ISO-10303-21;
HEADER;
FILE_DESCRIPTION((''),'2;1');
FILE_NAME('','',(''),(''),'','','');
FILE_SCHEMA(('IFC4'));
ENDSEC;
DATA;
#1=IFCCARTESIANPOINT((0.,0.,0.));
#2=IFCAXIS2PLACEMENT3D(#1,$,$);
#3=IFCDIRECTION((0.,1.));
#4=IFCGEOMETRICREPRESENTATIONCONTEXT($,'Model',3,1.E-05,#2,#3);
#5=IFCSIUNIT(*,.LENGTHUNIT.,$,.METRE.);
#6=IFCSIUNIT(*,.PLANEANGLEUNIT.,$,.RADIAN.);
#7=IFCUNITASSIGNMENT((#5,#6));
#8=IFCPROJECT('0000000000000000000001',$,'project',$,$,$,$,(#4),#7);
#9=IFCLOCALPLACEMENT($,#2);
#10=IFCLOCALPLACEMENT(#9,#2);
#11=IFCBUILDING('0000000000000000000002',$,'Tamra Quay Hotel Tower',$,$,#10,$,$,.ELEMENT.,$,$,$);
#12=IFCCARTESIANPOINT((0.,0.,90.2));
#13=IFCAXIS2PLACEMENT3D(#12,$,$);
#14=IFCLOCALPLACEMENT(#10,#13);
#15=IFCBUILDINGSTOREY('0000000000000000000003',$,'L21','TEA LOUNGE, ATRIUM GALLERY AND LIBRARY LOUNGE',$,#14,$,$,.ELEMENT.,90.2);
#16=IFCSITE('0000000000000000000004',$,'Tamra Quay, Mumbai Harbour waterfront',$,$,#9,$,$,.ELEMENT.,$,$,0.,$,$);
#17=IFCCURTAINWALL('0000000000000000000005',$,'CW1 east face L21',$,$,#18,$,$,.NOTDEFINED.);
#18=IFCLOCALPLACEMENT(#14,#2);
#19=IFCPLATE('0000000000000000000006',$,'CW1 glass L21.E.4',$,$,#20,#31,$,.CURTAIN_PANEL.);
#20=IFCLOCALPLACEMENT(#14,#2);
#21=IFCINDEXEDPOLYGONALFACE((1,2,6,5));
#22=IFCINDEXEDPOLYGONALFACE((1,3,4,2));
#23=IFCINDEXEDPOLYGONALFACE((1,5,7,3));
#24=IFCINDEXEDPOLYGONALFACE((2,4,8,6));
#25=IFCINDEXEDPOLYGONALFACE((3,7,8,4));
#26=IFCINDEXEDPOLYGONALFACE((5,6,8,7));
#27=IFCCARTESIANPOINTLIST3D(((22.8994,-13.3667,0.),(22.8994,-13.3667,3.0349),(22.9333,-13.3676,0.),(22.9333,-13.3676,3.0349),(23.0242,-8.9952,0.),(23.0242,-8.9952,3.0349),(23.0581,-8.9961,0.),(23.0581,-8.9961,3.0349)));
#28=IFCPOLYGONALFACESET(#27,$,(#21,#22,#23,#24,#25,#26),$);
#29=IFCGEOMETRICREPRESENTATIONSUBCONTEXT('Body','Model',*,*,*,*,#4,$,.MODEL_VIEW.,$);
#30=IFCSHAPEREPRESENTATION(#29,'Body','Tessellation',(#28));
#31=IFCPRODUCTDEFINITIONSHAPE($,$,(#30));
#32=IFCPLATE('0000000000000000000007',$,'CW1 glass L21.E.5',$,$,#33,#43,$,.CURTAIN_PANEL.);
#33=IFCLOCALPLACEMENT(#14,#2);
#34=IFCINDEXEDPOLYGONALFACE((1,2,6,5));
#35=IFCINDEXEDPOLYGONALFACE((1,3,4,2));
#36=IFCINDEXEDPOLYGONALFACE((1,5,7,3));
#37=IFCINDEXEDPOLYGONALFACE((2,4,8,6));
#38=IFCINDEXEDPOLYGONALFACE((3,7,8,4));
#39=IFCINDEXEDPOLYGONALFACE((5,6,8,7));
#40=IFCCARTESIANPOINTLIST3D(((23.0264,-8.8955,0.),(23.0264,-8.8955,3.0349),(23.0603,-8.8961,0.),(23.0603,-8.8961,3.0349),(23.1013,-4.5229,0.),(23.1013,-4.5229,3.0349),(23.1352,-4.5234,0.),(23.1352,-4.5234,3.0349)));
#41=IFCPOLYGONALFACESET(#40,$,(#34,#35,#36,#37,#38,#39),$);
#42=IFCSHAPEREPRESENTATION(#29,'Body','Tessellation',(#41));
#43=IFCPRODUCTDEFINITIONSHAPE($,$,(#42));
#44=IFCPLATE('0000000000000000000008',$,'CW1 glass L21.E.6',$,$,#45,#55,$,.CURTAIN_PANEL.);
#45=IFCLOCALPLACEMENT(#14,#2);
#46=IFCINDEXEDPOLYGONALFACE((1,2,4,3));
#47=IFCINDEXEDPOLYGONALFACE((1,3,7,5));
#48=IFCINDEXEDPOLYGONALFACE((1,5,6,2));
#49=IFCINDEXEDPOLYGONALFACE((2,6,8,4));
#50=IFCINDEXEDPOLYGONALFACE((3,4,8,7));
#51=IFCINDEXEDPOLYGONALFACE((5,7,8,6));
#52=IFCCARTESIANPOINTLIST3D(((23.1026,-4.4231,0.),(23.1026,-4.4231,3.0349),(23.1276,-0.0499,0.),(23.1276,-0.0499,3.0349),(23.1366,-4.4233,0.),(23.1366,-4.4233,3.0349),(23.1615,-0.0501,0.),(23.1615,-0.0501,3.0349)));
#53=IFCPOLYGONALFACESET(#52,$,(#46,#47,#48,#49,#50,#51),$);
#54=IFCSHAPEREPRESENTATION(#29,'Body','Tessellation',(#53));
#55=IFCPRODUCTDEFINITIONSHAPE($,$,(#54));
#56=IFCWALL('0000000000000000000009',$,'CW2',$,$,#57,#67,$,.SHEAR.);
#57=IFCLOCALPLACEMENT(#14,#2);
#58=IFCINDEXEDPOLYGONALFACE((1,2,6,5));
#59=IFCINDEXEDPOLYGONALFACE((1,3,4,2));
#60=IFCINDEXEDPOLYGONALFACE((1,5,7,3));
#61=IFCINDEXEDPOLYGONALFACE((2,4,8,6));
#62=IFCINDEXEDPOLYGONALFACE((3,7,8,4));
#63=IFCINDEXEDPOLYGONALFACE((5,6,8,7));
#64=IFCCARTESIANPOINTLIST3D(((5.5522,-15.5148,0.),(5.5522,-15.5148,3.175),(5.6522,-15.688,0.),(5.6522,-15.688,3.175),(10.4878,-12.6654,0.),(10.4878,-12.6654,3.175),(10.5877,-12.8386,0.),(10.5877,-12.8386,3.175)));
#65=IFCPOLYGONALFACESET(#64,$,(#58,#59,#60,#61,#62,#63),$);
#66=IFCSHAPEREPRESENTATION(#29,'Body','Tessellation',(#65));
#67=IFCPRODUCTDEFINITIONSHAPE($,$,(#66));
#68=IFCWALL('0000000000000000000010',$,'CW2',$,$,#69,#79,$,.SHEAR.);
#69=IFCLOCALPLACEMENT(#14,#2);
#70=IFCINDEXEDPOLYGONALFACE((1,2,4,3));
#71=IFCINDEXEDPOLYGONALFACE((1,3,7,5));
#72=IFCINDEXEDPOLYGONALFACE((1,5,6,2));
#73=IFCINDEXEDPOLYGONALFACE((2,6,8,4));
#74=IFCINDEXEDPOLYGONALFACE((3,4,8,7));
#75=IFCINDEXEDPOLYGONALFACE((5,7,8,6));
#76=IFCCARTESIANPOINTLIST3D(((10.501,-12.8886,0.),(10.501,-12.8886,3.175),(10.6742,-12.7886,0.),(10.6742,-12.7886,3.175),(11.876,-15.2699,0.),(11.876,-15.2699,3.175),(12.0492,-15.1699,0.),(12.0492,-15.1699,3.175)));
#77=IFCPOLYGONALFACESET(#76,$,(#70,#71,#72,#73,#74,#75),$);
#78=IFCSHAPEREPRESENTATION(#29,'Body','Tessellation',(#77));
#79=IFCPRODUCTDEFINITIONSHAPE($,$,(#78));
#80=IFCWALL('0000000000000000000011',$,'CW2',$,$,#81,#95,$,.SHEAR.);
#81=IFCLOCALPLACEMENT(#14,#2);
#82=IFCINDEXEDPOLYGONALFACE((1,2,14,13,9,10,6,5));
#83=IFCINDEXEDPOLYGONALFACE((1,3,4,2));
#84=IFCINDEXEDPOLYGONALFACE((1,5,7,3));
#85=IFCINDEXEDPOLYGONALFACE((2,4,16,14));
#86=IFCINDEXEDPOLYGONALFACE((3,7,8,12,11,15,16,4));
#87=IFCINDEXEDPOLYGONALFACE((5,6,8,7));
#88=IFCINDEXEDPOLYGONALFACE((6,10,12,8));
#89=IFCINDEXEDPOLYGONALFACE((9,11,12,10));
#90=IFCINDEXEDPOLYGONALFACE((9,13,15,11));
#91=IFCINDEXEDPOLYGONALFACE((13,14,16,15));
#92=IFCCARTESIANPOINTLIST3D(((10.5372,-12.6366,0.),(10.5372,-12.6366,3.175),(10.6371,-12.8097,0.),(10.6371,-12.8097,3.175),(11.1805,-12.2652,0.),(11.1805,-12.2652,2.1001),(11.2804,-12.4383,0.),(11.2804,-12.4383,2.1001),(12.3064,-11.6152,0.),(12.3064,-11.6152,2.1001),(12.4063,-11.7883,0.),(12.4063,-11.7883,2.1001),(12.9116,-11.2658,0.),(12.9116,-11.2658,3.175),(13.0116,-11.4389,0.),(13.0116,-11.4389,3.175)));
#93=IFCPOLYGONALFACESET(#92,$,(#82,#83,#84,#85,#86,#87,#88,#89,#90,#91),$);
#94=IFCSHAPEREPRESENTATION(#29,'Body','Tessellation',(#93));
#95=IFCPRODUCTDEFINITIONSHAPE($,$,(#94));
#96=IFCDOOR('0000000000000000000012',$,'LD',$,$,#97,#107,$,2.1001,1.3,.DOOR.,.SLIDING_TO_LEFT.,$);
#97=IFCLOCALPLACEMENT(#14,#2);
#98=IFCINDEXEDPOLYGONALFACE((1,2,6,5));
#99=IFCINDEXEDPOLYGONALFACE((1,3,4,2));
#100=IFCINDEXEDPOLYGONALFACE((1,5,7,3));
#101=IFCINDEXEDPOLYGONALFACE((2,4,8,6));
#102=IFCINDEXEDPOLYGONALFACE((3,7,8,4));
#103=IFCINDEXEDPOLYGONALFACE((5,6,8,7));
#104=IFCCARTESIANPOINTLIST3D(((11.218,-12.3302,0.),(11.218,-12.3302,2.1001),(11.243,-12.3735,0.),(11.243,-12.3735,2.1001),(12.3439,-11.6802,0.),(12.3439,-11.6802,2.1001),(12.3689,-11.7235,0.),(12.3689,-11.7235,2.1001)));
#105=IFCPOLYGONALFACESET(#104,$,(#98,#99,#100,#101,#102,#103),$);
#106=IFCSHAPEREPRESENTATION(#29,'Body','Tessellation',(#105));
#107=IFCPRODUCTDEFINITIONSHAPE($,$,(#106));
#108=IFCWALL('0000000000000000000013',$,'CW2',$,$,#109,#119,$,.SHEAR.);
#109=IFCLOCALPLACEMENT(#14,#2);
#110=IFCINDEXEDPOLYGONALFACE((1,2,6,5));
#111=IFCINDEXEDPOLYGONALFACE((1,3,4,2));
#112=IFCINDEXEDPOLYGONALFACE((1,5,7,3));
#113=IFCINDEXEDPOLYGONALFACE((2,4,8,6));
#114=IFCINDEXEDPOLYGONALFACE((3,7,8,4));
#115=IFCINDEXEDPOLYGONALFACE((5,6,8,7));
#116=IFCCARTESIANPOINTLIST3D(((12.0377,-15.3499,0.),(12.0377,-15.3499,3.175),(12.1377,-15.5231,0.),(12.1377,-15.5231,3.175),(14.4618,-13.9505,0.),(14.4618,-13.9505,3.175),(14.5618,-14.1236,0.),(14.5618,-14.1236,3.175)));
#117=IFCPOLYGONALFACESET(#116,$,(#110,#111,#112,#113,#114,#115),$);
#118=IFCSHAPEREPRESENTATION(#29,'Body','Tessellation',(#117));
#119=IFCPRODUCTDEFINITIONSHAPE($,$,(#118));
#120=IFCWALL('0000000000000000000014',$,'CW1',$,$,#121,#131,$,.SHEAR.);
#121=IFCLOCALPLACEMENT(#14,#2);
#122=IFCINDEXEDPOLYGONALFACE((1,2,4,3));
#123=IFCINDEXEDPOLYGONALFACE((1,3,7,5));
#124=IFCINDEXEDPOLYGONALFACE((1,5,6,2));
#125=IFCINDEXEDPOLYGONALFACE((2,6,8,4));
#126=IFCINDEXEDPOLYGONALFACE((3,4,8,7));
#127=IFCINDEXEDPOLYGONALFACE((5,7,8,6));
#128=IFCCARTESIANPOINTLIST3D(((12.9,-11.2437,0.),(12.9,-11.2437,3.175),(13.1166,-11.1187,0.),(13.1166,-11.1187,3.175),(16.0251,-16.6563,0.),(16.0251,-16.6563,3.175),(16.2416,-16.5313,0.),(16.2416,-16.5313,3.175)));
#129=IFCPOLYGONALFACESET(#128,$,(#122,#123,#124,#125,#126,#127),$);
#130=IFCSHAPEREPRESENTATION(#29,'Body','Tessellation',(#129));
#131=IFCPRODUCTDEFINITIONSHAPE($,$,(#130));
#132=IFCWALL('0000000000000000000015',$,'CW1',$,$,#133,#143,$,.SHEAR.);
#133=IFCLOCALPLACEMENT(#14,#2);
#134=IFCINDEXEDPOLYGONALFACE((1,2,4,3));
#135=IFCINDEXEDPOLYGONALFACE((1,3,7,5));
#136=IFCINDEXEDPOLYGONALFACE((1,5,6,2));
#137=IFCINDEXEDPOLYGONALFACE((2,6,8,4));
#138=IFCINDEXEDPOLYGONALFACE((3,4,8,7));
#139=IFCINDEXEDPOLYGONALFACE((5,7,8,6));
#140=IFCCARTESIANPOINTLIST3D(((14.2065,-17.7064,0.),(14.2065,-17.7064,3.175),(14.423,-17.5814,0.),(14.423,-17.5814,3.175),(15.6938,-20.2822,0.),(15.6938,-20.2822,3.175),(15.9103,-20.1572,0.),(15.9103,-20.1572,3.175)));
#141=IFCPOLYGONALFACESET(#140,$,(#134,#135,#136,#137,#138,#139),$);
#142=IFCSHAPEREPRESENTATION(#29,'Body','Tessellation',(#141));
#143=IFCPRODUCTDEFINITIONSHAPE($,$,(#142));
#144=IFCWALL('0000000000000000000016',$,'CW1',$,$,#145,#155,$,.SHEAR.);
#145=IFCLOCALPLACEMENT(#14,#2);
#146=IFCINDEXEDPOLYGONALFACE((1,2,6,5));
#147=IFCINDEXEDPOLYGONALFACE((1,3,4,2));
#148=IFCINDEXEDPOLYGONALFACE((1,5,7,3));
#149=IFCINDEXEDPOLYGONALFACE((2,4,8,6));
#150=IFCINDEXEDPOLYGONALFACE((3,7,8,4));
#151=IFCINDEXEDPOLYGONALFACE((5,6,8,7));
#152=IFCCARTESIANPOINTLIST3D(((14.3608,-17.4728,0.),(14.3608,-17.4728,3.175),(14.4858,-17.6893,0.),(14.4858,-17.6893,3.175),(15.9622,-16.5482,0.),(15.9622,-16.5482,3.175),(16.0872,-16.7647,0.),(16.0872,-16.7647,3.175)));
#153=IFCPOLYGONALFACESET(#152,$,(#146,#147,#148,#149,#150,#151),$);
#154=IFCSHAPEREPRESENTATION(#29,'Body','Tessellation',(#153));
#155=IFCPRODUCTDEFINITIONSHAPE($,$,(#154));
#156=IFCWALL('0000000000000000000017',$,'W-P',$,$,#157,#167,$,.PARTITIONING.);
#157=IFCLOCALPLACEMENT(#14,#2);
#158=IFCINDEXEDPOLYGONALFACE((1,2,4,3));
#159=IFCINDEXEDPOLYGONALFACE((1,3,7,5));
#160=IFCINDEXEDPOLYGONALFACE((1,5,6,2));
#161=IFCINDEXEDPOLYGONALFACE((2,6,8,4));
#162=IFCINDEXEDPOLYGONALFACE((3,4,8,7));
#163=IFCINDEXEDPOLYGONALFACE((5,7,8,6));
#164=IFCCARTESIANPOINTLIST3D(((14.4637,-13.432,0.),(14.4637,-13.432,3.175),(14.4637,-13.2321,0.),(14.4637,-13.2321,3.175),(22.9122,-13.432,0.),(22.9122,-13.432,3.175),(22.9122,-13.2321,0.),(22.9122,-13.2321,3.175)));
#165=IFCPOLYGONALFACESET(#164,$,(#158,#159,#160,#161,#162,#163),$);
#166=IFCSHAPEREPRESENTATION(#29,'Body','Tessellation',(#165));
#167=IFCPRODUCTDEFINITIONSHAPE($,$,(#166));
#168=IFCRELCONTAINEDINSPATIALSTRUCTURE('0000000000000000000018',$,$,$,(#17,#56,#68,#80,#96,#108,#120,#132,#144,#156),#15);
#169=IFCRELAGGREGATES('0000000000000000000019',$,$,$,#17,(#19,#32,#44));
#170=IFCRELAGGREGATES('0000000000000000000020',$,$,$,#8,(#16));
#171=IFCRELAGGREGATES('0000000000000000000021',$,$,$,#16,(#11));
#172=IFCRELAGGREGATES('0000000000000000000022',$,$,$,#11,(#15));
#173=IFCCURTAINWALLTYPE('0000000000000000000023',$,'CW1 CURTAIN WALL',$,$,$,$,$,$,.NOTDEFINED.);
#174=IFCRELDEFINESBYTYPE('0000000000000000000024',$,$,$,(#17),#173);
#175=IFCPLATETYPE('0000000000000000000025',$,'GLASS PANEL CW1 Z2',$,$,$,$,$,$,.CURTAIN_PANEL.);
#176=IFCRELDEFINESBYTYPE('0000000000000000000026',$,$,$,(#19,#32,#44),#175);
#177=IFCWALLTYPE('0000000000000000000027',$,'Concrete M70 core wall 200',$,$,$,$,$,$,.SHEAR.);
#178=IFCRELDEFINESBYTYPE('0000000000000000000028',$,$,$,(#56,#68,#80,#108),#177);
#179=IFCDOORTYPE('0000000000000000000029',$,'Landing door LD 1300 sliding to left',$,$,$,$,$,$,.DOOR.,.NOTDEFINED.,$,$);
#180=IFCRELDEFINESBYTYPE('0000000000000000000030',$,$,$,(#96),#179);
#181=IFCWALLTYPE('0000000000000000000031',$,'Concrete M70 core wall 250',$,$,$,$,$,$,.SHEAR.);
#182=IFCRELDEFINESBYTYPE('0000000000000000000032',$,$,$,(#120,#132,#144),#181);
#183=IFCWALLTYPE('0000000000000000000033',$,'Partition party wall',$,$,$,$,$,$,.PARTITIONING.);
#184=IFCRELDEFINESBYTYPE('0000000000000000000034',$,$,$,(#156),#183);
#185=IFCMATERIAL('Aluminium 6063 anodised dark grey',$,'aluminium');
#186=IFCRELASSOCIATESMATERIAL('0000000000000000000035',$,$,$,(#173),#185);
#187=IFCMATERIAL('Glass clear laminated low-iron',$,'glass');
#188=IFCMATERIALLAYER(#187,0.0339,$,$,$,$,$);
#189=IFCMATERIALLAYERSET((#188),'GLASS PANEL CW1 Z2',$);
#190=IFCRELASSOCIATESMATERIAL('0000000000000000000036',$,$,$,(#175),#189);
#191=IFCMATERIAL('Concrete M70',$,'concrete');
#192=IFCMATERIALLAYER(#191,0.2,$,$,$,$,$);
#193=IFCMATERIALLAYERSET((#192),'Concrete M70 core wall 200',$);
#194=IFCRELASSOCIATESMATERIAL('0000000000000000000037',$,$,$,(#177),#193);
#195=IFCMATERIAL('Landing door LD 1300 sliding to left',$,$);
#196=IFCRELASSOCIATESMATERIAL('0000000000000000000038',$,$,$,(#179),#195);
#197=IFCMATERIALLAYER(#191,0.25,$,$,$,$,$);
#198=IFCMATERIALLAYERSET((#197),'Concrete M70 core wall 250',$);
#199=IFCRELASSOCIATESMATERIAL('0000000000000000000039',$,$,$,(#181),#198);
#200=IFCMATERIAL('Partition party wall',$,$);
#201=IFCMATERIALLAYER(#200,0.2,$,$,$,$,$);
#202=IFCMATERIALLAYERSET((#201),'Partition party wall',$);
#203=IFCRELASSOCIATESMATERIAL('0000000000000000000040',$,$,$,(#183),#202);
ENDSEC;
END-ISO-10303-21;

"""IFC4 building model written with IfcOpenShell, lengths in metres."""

from ifc_helpers import new_model, si_unit, direction, frame, frame_2d, origin, origin_2d, place, context, subcontext, project, spatial, rectangle, extrude, material, layer, layer_set, type_object, element, fill, aggregate, save


model = new_model("IFC4")

# Units and contexts
model_context = context("Model", 3, precision=1e-05, world=origin(), true_north=direction((0.0, 1.0)))
body_context = subcontext(model_context, "Body", "Model", "MODEL_VIEW")
ifc_project = project(units=[si_unit("LENGTHUNIT", "METRE"), si_unit("PLANEANGLEUNIT", "RADIAN")], contexts=[model_context])

# Site, building, storey
site_placement = place(None, origin())
site = spatial("IfcSite", under=ifc_project, at=site_placement, Name="Tamra Quay, Mumbai Harbour waterfront", CompositionType="ELEMENT", RefElevation=0.0)
building_placement = place(site_placement, origin())
building = spatial("IfcBuilding", under=site, at=building_placement, Name="Tamra Quay Hotel Tower", CompositionType="ELEMENT")
storey_placement = place(building_placement, frame((0.0, 0.0, 90.2)))
storey = spatial("IfcBuildingStorey", under=building, at=storey_placement, Name="L21", Description="TEA LOUNGE, ATRIUM GALLERY AND LIBRARY LOUNGE", CompositionType="ELEMENT", Elevation=90.2)

# Shared definitions
ifc_material_1 = material(Name="Concrete M70", Category="concrete")

# Curtain wall
ifc_material_2 = material(Name="Aluminium 6063 anodised dark grey", Category="aluminium")
curtain_wall_type = type_object("IfcCurtainWallType", Name="CW1 CURTAIN WALL", PredefinedType="NOTDEFINED", material=ifc_material_2)
curtain_wall_placement = place(storey_placement, origin())
curtain_wall = element("IfcCurtainWall", 1, at=curtain_wall_placement, inside=storey, type_object=curtain_wall_type, Name="CW1 east face L21", PredefinedType="NOTDEFINED")

# Plates
ifc_material_3 = material(Name="Glass clear laminated low-iron", Category="glass")
ifc_layer_1 = layer(ifc_material_3, 0.0339)
ifc_layer_set_1 = layer_set([ifc_layer_1], Name="GLASS PANEL CW1 Z2")
plate_type = type_object("IfcPlateType", Name="GLASS PANEL CW1 Z2", PredefinedType="CURTAIN_PANEL", material=ifc_layer_set_1)
plate_1_placement = place(storey_placement, frame((22.9788, -11.1814, 0.0), z_axis=(0.0, 0.0, 1.0), x_axis=(0.028546, 0.999592, 0.0)))
plate_1 = element("IfcPlate", 2, at=plate_1_placement, type_object=plate_type, Name="CW1 glass L21.E.4", PredefinedType="CURTAIN_PANEL", context=body_context, shape_type="SweptSolid", body=[
    extrude(rectangle(XDim=4.3733, YDim=0.0339, at=origin_2d()), origin(), (0.0, 0.0, 1.0), 3.0349),
])
plate_2_placement = place(storey_placement, frame((23.0808, -6.7095, 0.0), z_axis=(0.0, 0.0, 1.0), x_axis=(0.017134, 0.999853, 0.0)))
plate_2 = element("IfcPlate", 3, at=plate_2_placement, type_object=plate_type, Name="CW1 glass L21.E.5", PredefinedType="CURTAIN_PANEL", context=body_context, shape_type="SweptSolid", body=[
    extrude(rectangle(XDim=4.3733, YDim=0.0339, at=origin_2d()), origin(), (0.0, 0.0, 1.0), 3.0349),
])
plate_3_placement = place(storey_placement, frame((23.1321, -2.2366, 0.0), z_axis=(0.0, 0.0, 1.0), x_axis=(0.005713, 0.999984, 0.0)))
plate_3 = element("IfcPlate", 4, at=plate_3_placement, type_object=plate_type, Name="CW1 glass L21.E.6", PredefinedType="CURTAIN_PANEL", context=body_context, shape_type="SweptSolid", body=[
    extrude(rectangle(XDim=4.3733, YDim=0.0339, at=origin_2d()), origin(), (0.0, 0.0, 1.0), 3.0349),
])
aggregate(curtain_wall, [plate_1, plate_2, plate_3])

# Walls
ifc_layer_2 = layer(ifc_material_1, 0.2)
ifc_layer_set_2 = layer_set([ifc_layer_2], Name="Concrete M70 core wall 200")
wall_type_1 = type_object("IfcWallType", Name="Concrete M70 core wall 200", PredefinedType="SHEAR", material=ifc_layer_set_2)
wall_1_placement = place(storey_placement, frame((10.5378, -12.752, 0.0), z_axis=(0.0, 0.0, 1.0), x_axis=(-0.866039, -0.499977, 0.0)))
element("IfcWall", 5, at=wall_1_placement, inside=storey, type_object=wall_type_1, Name="CW2", PredefinedType="SHEAR", context=body_context, shape_type="SweptSolid", body=[
    extrude(rectangle(XDim=5.699, YDim=0.2, at=frame_2d((2.8496, 0.0))), origin(), (0.0, 0.0, 1.0), 3.175),
])
wall_2_placement = place(storey_placement, frame((11.9626, -15.22, 0.0), z_axis=(0.0, 0.0, 1.0), x_axis=(-0.500035, 0.866005, 0.0)))
element("IfcWall", 6, at=wall_2_placement, inside=storey, type_object=wall_type_1, Name="CW2", PredefinedType="SHEAR", context=body_context, shape_type="SweptSolid", body=[
    extrude(rectangle(XDim=2.7498, YDim=0.2, at=frame_2d((1.375, 0.0))), origin(), (0.0, 0.0, 1.0), 3.175),
])

# Wall, opening, door
wall_3_placement = place(storey_placement, frame((10.5872, -12.7231, 0.0), z_axis=(0.0, 0.0, 1.0), x_axis=(0.866037, 0.499979, 0.0)))
wall_3 = element("IfcWall", 7, at=wall_3_placement, inside=storey, type_object=wall_type_1, Name="CW2", PredefinedType="SHEAR", context=body_context, shape_type="SweptSolid", body=[
    extrude(rectangle(XDim=2.7417, YDim=0.2, at=frame_2d((1.3708, 0.0))), origin(), (0.0, 0.0, 1.0), 3.175),
])
opening_placement = place(wall_3_placement, frame((0.7429, 0.0, 0.0)))
opening = element("IfcOpeningElement", 8, at=opening_placement, cuts=wall_3, PredefinedType="OPENING", context=body_context, shape_type="SweptSolid", body=[
    extrude(rectangle(XDim=1.3, YDim=2.1001, at=frame_2d((0.6499, 1.05))), frame((0.0, 0.1099, 0.0), z_axis=(0.0, -1.0, 0.0), x_axis=(1.0, 0.0, 0.0)), (0.0, 0.0, 1.0), 0.22),
])
ifc_material_4 = material(Name="Landing door LD 1300 sliding to left")
door_type = type_object("IfcDoorType", Name="Landing door LD 1300 sliding to left", OperationType="NOTDEFINED", PredefinedType="DOOR", material=ifc_material_4)
door_placement = place(opening_placement, origin())
door = element("IfcDoor", 9, at=door_placement, inside=storey, type_object=door_type, Name="LD", OperationType="SLIDING_TO_LEFT", OverallHeight=2.1001, OverallWidth=1.3, PredefinedType="DOOR", context=body_context, shape_type="SweptSolid", body=[
    extrude(rectangle(XDim=1.3, YDim=2.1001, at=frame_2d((0.6499, 1.05))), frame((0.0, 0.0249, 0.0), z_axis=(0.0, -1.0, 0.0), x_axis=(1.0, 0.0, 0.0)), (0.0, 0.0, 1.0), 0.05),
])
fill(opening, door)

# Walls
wall_4_placement = place(storey_placement, frame((14.5117, -14.0371, 0.0), z_axis=(0.0, 0.0, 1.0), x_axis=(-0.866045, -0.499967, 0.0)))
element("IfcWall", 10, at=wall_4_placement, inside=storey, type_object=wall_type_1, Name="CW2", PredefinedType="SHEAR", context=body_context, shape_type="SweptSolid", body=[
    extrude(rectangle(XDim=2.7991, YDim=0.2, at=frame_2d((1.3994, 0.0))), origin(), (0.0, 0.0, 1.0), 3.175),
])
ifc_layer_3 = layer(ifc_material_1, 0.25)
ifc_layer_set_3 = layer_set([ifc_layer_3], Name="Concrete M70 core wall 250")
wall_type_2 = type_object("IfcWallType", Name="Concrete M70 core wall 250", PredefinedType="SHEAR", material=ifc_layer_set_3)
wall_5_placement = place(storey_placement, frame((13.0083, -11.1812, 0.0), z_axis=(0.0, 0.0, 1.0), x_axis=(0.500004, -0.866023, 0.0)))
element("IfcWall", 11, at=wall_5_placement, inside=storey, type_object=wall_type_2, Name="CW1", PredefinedType="SHEAR", context=body_context, shape_type="SweptSolid", body=[
    extrude(rectangle(XDim=6.25, YDim=0.25, at=frame_2d((3.125, 0.0))), origin(), (0.0, 0.0, 1.0), 3.175),
])
wall_6_placement = place(storey_placement, frame((14.3147, -17.6438, 0.0), z_axis=(0.0, 0.0, 1.0), x_axis=(0.500023, -0.866012, 0.0)))
element("IfcWall", 12, at=wall_6_placement, inside=storey, type_object=wall_type_2, Name="CW1", PredefinedType="SHEAR", context=body_context, shape_type="SweptSolid", body=[
    extrude(rectangle(XDim=2.9744, YDim=0.25, at=frame_2d((1.4873, 0.0))), origin(), (0.0, 0.0, 1.0), 3.175),
])
wall_7_placement = place(storey_placement, frame((16.0247, -16.6565, 0.0), z_axis=(0.0, 0.0, 1.0), x_axis=(-0.866016, -0.500016, 0.0)))
element("IfcWall", 13, at=wall_7_placement, inside=storey, type_object=wall_type_2, Name="CW1", PredefinedType="SHEAR", context=body_context, shape_type="SweptSolid", body=[
    extrude(rectangle(XDim=1.8491, YDim=0.25, at=frame_2d((0.9246, 0.0))), origin(), (0.0, 0.0, 1.0), 3.175),
])
ifc_material_5 = material(Name="Partition party wall")
ifc_layer_4 = layer(ifc_material_5, 0.2)
ifc_layer_set_4 = layer_set([ifc_layer_4], Name="Partition party wall")
wall_type_3 = type_object("IfcWallType", Name="Partition party wall", PredefinedType="PARTITIONING", material=ifc_layer_set_4)
wall_8_placement = place(storey_placement, frame((14.4639, -13.332, 0.0), z_axis=(0.0, 0.0, 1.0), x_axis=(1.0, 0.0, 0.0)))
element("IfcWall", 14, at=wall_8_placement, inside=storey, type_object=wall_type_3, Name="W-P", PredefinedType="PARTITIONING", context=body_context, shape_type="SweptSolid", body=[
    extrude(rectangle(XDim=8.4485, YDim=0.2, at=frame_2d((4.2241, 0.0))), origin(), (0.0, 0.0, 1.0), 3.175),
])

save(model, "model.ifc")
